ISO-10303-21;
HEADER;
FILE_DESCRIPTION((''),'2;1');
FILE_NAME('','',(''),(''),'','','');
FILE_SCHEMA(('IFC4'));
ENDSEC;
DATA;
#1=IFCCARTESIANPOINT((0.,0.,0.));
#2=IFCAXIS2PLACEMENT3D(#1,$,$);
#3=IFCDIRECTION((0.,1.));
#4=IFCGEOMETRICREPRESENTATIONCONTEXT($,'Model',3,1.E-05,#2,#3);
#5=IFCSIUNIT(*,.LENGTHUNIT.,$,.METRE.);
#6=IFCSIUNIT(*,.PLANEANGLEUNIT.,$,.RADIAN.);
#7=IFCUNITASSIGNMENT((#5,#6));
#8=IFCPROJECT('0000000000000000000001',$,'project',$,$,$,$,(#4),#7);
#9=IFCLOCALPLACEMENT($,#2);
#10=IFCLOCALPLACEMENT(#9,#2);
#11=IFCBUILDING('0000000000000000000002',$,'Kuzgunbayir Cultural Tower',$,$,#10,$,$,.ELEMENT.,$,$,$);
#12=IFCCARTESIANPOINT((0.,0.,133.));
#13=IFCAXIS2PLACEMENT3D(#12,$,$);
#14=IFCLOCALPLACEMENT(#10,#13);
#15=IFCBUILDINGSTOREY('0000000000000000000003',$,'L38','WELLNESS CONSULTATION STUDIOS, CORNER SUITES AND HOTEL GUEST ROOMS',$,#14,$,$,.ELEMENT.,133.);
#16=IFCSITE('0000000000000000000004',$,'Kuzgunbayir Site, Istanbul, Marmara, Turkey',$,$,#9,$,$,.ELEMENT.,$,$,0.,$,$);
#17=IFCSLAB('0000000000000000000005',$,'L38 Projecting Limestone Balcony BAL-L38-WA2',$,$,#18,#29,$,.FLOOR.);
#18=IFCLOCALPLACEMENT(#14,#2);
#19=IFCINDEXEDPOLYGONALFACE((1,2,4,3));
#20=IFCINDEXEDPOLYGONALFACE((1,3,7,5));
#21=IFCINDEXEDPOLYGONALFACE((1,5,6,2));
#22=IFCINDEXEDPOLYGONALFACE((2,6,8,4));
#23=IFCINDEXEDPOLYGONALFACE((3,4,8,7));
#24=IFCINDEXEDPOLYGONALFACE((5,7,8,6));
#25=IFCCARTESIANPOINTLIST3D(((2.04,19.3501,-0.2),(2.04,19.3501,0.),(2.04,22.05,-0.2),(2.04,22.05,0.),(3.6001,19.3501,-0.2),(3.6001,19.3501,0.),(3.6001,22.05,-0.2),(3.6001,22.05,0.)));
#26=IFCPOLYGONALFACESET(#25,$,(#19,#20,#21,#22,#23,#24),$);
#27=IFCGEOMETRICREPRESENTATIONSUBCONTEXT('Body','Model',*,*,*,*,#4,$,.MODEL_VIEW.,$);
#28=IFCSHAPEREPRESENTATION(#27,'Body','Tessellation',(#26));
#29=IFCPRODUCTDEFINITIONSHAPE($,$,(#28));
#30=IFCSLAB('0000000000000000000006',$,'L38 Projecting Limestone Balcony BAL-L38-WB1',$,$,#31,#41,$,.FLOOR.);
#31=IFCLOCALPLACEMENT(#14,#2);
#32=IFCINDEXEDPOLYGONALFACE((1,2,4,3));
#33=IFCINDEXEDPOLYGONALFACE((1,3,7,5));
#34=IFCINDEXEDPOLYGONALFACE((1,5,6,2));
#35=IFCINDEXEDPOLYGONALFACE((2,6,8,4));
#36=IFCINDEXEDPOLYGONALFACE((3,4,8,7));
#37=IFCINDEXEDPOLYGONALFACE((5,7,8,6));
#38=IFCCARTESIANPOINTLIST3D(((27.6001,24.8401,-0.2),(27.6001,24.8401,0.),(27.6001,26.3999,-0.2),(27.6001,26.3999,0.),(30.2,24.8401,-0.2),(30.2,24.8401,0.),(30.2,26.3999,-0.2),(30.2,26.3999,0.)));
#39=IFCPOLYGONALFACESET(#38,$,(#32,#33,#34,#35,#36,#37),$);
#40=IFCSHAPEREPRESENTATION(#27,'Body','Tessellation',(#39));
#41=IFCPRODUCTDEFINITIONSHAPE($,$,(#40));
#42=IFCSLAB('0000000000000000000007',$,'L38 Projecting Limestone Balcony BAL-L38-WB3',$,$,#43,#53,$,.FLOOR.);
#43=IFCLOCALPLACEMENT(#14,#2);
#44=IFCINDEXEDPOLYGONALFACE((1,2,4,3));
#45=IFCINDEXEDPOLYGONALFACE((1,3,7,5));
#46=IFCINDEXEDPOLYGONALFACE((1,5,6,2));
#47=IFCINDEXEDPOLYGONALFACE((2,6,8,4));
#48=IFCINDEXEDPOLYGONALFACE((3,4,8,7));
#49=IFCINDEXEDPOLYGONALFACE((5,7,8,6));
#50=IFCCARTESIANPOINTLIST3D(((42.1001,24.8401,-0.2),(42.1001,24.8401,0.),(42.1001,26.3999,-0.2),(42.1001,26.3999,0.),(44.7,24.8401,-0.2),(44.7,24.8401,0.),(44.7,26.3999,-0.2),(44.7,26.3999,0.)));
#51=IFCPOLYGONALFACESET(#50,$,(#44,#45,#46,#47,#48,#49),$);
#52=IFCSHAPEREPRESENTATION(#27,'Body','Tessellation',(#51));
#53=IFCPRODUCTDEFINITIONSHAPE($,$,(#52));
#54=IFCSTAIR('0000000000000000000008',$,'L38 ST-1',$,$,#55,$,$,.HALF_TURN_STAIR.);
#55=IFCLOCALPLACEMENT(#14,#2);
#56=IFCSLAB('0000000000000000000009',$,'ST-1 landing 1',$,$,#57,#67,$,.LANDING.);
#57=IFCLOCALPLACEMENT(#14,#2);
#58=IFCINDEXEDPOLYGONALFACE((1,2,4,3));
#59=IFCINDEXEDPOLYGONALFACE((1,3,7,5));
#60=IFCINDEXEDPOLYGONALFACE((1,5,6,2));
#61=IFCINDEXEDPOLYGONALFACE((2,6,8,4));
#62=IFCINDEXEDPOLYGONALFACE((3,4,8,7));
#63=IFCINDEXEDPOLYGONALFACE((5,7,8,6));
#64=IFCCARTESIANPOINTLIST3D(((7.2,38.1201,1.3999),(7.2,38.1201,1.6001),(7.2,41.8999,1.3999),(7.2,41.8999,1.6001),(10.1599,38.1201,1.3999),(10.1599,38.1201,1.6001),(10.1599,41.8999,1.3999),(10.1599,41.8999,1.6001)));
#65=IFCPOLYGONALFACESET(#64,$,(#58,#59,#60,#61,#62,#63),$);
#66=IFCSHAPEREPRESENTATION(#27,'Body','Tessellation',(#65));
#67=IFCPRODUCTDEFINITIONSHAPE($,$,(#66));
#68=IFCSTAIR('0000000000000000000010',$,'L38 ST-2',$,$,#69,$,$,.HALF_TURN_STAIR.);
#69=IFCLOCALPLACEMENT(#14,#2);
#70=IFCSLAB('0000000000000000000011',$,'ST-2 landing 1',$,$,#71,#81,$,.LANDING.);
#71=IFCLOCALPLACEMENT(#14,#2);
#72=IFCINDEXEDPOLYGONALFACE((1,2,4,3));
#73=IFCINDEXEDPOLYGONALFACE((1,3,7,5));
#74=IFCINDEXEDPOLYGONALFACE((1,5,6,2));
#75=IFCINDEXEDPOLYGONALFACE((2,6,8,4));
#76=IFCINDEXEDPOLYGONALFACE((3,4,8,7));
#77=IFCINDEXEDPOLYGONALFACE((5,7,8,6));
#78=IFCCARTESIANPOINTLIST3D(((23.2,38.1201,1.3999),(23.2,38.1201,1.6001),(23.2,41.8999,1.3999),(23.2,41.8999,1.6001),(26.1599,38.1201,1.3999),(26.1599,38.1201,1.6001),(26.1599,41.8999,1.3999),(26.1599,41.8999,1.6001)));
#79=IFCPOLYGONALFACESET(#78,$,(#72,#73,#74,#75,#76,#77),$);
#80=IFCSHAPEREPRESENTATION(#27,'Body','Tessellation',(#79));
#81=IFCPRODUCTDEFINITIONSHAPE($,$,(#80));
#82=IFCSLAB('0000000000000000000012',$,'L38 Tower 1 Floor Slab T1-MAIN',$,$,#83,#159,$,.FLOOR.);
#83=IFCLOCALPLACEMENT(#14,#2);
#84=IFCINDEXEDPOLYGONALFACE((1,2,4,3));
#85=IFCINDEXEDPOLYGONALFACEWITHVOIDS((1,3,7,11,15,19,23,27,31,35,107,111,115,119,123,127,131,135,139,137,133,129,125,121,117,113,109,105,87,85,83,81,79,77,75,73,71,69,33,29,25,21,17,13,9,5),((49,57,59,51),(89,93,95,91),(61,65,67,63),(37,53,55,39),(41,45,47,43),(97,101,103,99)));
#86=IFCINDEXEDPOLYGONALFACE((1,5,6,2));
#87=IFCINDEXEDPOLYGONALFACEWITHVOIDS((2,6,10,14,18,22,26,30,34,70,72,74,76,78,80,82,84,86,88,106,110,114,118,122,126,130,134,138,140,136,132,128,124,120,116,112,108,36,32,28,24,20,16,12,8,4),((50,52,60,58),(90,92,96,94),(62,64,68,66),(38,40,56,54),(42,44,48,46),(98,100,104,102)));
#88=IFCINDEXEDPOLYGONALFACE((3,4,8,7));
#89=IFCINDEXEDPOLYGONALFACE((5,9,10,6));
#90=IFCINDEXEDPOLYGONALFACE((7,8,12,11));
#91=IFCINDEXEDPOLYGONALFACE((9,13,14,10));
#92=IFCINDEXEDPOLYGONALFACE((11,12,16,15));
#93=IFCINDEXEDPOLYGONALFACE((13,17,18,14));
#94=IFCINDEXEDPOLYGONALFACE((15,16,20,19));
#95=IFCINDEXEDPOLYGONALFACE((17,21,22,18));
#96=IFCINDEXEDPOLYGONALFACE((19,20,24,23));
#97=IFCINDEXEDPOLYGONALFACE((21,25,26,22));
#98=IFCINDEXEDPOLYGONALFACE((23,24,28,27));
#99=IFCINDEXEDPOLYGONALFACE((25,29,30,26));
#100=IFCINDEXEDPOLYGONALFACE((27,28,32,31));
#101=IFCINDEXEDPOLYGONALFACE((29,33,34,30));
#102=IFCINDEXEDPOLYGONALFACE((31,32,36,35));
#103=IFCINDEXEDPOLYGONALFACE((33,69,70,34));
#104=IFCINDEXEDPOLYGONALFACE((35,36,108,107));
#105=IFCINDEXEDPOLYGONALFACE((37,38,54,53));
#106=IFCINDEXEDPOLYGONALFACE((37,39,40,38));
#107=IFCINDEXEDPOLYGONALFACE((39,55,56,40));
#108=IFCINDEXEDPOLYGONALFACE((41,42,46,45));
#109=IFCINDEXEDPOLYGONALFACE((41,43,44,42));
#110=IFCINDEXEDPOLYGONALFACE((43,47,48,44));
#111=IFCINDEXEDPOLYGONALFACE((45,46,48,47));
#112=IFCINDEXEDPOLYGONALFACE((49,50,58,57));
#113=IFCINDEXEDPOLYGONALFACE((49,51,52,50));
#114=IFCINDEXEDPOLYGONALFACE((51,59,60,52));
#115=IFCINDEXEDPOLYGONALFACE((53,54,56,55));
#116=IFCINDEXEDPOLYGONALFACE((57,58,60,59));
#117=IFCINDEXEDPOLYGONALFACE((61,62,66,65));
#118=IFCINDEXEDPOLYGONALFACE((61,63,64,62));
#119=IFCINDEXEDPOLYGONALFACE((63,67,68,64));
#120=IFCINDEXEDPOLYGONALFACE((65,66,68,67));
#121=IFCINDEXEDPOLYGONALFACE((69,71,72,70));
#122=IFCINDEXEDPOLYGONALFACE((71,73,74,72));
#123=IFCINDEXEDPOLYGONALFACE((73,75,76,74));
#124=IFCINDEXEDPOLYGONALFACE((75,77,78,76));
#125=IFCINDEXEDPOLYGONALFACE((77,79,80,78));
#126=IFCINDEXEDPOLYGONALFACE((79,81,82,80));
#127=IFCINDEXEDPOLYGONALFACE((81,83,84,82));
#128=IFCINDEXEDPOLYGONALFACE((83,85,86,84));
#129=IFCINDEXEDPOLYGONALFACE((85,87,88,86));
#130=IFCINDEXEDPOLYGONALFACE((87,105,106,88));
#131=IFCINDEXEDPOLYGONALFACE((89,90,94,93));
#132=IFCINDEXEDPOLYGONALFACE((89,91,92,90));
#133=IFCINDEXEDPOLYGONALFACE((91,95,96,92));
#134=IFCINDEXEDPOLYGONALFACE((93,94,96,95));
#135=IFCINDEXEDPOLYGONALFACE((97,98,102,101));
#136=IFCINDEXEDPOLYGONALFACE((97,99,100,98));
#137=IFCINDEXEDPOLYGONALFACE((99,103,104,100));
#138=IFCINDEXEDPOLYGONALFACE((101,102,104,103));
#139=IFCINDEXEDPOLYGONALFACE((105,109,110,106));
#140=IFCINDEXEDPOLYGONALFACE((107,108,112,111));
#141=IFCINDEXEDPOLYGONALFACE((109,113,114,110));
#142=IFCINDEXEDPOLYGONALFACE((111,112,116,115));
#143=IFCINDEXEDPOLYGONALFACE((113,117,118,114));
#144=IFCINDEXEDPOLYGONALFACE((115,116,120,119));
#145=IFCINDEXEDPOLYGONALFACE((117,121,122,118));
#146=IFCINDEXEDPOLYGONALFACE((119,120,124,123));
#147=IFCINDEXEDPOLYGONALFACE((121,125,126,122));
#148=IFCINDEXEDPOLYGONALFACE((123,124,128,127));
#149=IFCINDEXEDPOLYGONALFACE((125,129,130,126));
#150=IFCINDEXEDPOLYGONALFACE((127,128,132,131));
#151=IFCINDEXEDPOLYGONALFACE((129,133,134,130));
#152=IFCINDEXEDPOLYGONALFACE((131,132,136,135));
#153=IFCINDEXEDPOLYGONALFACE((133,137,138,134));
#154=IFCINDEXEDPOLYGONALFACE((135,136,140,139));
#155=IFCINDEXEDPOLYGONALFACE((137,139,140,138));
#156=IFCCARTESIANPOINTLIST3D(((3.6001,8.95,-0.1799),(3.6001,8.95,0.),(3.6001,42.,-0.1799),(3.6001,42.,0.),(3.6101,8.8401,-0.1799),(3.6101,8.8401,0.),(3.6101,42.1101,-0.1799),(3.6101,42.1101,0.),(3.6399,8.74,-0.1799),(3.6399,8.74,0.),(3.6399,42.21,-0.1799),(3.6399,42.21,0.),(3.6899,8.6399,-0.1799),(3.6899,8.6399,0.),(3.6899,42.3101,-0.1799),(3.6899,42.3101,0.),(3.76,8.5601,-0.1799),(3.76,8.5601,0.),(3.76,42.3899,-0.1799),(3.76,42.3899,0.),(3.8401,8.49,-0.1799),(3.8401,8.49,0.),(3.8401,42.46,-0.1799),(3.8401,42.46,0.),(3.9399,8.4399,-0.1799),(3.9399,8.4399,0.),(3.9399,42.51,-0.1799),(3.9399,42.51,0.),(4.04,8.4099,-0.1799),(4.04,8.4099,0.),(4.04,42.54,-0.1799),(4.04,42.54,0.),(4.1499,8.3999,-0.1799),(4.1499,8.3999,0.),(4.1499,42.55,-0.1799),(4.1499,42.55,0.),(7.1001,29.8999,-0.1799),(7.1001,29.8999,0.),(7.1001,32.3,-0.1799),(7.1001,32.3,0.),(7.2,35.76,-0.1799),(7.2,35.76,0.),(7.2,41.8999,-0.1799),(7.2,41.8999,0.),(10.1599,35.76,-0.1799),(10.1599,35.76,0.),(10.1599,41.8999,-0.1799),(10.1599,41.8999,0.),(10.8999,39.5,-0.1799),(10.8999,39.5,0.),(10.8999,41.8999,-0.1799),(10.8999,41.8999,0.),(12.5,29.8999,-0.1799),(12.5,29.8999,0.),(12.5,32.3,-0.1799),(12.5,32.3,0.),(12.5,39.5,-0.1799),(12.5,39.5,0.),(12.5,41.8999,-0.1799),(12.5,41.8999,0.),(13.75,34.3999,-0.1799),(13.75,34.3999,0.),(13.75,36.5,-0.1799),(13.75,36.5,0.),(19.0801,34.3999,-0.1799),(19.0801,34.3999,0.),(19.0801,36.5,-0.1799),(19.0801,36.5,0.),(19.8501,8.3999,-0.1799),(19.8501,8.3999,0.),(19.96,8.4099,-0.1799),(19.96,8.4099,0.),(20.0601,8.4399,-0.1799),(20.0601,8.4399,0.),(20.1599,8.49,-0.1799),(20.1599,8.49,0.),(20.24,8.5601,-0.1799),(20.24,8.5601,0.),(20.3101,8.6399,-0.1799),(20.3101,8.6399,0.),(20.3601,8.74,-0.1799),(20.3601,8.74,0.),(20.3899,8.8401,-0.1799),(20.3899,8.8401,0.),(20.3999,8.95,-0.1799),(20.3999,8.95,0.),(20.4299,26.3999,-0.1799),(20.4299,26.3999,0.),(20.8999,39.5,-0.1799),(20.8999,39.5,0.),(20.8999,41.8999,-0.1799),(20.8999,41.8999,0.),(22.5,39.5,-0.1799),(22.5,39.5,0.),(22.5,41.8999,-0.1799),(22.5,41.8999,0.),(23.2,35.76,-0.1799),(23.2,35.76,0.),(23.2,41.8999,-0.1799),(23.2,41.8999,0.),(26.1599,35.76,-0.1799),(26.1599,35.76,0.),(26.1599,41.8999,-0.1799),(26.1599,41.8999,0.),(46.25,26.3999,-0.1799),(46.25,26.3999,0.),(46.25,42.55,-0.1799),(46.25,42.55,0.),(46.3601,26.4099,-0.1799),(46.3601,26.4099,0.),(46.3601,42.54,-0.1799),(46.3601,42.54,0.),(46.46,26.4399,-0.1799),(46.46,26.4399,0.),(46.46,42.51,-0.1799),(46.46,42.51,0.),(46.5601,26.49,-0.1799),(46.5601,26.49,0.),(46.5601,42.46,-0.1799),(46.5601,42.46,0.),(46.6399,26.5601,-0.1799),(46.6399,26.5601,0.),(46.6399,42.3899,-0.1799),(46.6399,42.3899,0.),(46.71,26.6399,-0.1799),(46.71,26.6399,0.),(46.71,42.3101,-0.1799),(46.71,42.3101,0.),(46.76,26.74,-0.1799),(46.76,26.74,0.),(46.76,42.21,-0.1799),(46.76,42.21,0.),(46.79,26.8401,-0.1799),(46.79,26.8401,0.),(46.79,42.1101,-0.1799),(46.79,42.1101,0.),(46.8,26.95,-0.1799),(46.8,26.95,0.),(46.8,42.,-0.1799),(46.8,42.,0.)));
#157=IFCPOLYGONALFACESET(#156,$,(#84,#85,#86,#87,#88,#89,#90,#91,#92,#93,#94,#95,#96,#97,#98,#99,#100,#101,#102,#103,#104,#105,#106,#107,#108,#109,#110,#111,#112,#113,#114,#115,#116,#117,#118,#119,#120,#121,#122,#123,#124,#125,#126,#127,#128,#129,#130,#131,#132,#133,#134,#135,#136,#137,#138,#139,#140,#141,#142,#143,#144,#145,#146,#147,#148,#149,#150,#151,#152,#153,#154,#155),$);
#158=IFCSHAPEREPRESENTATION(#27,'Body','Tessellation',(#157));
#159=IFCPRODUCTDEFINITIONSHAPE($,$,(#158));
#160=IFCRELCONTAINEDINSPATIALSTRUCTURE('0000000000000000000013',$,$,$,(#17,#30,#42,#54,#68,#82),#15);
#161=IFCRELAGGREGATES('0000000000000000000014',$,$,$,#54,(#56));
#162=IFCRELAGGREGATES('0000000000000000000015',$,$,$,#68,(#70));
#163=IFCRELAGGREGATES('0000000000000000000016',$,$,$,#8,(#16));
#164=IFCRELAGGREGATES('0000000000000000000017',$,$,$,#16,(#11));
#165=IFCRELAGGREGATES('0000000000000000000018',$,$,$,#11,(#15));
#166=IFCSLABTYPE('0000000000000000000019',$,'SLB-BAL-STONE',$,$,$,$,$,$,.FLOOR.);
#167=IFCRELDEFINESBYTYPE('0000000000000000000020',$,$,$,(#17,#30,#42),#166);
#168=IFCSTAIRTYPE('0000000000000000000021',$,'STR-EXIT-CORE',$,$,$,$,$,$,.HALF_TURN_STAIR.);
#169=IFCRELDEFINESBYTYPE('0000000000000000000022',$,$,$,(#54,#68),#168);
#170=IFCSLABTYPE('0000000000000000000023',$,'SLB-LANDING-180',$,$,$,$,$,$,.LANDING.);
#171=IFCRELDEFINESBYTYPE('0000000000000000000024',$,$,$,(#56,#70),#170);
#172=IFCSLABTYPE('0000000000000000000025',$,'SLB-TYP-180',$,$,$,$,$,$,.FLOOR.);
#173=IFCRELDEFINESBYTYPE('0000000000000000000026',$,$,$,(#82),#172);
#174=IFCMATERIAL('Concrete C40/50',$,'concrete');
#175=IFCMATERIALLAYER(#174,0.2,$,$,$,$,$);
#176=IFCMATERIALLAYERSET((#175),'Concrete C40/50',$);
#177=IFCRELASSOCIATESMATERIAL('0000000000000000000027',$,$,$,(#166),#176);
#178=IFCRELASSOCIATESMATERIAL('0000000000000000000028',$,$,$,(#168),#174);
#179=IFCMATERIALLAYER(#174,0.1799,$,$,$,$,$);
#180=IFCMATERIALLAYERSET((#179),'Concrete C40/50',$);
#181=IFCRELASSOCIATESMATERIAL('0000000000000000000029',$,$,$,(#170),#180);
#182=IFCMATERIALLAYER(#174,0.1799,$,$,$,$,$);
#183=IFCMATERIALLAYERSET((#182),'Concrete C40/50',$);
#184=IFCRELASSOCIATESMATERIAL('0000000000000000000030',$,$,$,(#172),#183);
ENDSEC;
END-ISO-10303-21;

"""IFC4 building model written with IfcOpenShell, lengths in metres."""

from ifc_helpers import new_model, si_unit, direction, frame, origin, place, context, subcontext, project, spatial, polyline, outline, extrude, material, layer, layer_set, type_object, element, aggregate, save


model = new_model("IFC4")

# Units and contexts
model_context = context("Model", 3, precision=1e-05, world=origin(), true_north=direction((0.0, 1.0)))
body_context = subcontext(model_context, "Body", "Model", "MODEL_VIEW")
ifc_project = project(units=[si_unit("LENGTHUNIT", "METRE"), si_unit("PLANEANGLEUNIT", "RADIAN")], contexts=[model_context])

# Site, building, storey
site_placement = place(None, origin())
site = spatial("IfcSite", under=ifc_project, at=site_placement, Name="Kuzgunbayir Site, Istanbul, Marmara, Turkey", CompositionType="ELEMENT", RefElevation=0.0)
building_placement = place(site_placement, origin())
building = spatial("IfcBuilding", under=site, at=building_placement, Name="Kuzgunbayir Cultural Tower", CompositionType="ELEMENT")
storey_placement = place(building_placement, frame((0.0, 0.0, 133.0)))
storey = spatial("IfcBuildingStorey", under=building, at=storey_placement, Name="L38", Description="WELLNESS CONSULTATION STUDIOS, CORNER SUITES AND HOTEL GUEST ROOMS", CompositionType="ELEMENT", Elevation=133.0)

# Slabs
ifc_material_1 = material(Name="Concrete C40/50", Category="concrete")
ifc_layer_1 = layer(ifc_material_1, 0.2)
ifc_layer_set_1 = layer_set([ifc_layer_1], Name="Concrete C40/50")
slab_type_1 = type_object("IfcSlabType", Name="SLB-BAL-STONE", PredefinedType="FLOOR", material=ifc_layer_set_1)
slab_1_placement = place(storey_placement, frame((0.0, 0.0, -0.2)))
element("IfcSlab", 1, at=slab_1_placement, inside=storey, type_object=slab_type_1, Name="L38 Projecting Limestone Balcony BAL-L38-WA2", PredefinedType="FLOOR", context=body_context, shape_type="SweptSolid", body=[
    extrude(outline(polyline([(2.04, 19.3501), (3.6001, 19.3501), (3.6001, 22.05), (2.04, 22.05), (2.04, 19.3501)])), origin(), (0.0, 0.0, 1.0), 0.2),
])
slab_2_placement = place(storey_placement, frame((0.0, 0.0, -0.2)))
element("IfcSlab", 2, at=slab_2_placement, inside=storey, type_object=slab_type_1, Name="L38 Projecting Limestone Balcony BAL-L38-WB1", PredefinedType="FLOOR", context=body_context, shape_type="SweptSolid", body=[
    extrude(outline(polyline([(27.6001, 24.8401), (30.2, 24.8401), (30.2, 26.3999), (27.6001, 26.3999), (27.6001, 24.8401)])), origin(), (0.0, 0.0, 1.0), 0.2),
])
slab_3_placement = place(storey_placement, frame((0.0, 0.0, -0.2)))
element("IfcSlab", 3, at=slab_3_placement, inside=storey, type_object=slab_type_1, Name="L38 Projecting Limestone Balcony BAL-L38-WB3", PredefinedType="FLOOR", context=body_context, shape_type="SweptSolid", body=[
    extrude(outline(polyline([(42.1001, 24.8401), (44.7, 24.8401), (44.7, 26.3999), (42.1001, 26.3999), (42.1001, 24.8401)])), origin(), (0.0, 0.0, 1.0), 0.2),
])

# Stairs, slabs
stair_type = type_object("IfcStairType", Name="STR-EXIT-CORE", PredefinedType="HALF_TURN_STAIR", material=ifc_material_1)
stair_1_placement = place(storey_placement, origin())
stair_1 = element("IfcStair", 4, at=stair_1_placement, inside=storey, type_object=stair_type, Name="L38 ST-1", PredefinedType="HALF_TURN_STAIR")
ifc_layer_2 = layer(ifc_material_1, 0.1799)
ifc_layer_set_2 = layer_set([ifc_layer_2], Name="Concrete C40/50")
slab_type_2 = type_object("IfcSlabType", Name="SLB-LANDING-180", PredefinedType="LANDING", material=ifc_layer_set_2)
slab_4_placement = place(storey_placement, frame((0.0, 0.0, 1.3999)))
slab_4 = element("IfcSlab", 5, at=slab_4_placement, type_object=slab_type_2, Name="ST-1 landing 1", PredefinedType="LANDING", context=body_context, shape_type="SweptSolid", body=[
    extrude(outline(polyline([(10.1599, 38.1201), (10.1599, 41.8999), (7.2, 41.8999), (7.2, 38.1201), (10.1599, 38.1201)])), origin(), (0.0, 0.0, 1.0), 0.2002),
])
aggregate(stair_1, [slab_4])
stair_2_placement = place(storey_placement, origin())
stair_2 = element("IfcStair", 6, at=stair_2_placement, inside=storey, type_object=stair_type, Name="L38 ST-2", PredefinedType="HALF_TURN_STAIR")
slab_5_placement = place(storey_placement, frame((0.0, 0.0, 1.3999)))
slab_5 = element("IfcSlab", 7, at=slab_5_placement, type_object=slab_type_2, Name="ST-2 landing 1", PredefinedType="LANDING", context=body_context, shape_type="SweptSolid", body=[
    extrude(outline(polyline([(26.1599, 38.1201), (26.1599, 41.8999), (23.2, 41.8999), (23.2, 38.1201), (26.1599, 38.1201)])), origin(), (0.0, 0.0, 1.0), 0.2002),
])
aggregate(stair_2, [slab_5])

# Slab
ifc_layer_3 = layer(ifc_material_1, 0.1799)
ifc_layer_set_3 = layer_set([ifc_layer_3], Name="Concrete C40/50")
slab_type_3 = type_object("IfcSlabType", Name="SLB-TYP-180", PredefinedType="FLOOR", material=ifc_layer_set_3)
slab_6_placement = place(storey_placement, frame((0.0, 0.0, -0.1799)))
element("IfcSlab", 8, at=slab_6_placement, inside=storey, type_object=slab_type_3, Name="L38 Tower 1 Floor Slab T1-MAIN", PredefinedType="FLOOR", context=body_context, shape_type="SweptSolid", body=[
    extrude(outline(polyline([(20.3999, 8.95), (20.3899, 8.8401), (20.3601, 8.74), (20.3101, 8.6399), (20.24, 8.5601), (20.1599, 8.49), (20.0601, 8.4399), (19.96, 8.4099), (19.8501, 8.3999), (4.1499, 8.3999), (4.04, 8.4099), (3.9399, 8.4399), (3.8401, 8.49), (3.76, 8.5601), (3.6899, 8.6399), (3.6399, 8.74), (3.6101, 8.8401), (3.6001, 8.95), (3.6001, 42.0), (3.6101, 42.1101), (3.6399, 42.21), (3.6899, 42.3101), (3.76, 42.3899), (3.8401, 42.46), (3.9399, 42.51), (4.04, 42.54), (4.1499, 42.55), (46.25, 42.55), (46.3601, 42.54), (46.46, 42.51), (46.5601, 42.46), (46.6399, 42.3899), (46.71, 42.3101), (46.76, 42.21), (46.79, 42.1101), (46.8, 42.0), (46.8, 26.95), (46.79, 26.8401), (46.76, 26.74), (46.71, 26.6399), (46.6399, 26.5601), (46.5601, 26.49), (46.46, 26.4399), (46.3601, 26.4099), (46.25, 26.3999), (20.4299, 26.3999), (20.3999, 8.95)]), holes=[polyline([(7.2, 35.76), (7.2, 41.8999), (10.1599, 41.8999), (10.1599, 35.76), (7.2, 35.76)]), polyline([(23.2, 35.76), (23.2, 41.8999), (26.1599, 41.8999), (26.1599, 35.76), (23.2, 35.76)]), polyline([(13.75, 34.3999), (13.75, 36.5), (19.0801, 36.5), (19.0801, 34.3999), (13.75, 34.3999)]), polyline([(7.1001, 29.8999), (7.1001, 32.3), (12.5, 32.3), (12.5, 29.8999), (7.1001, 29.8999)]), polyline([(10.8999, 39.5), (10.8999, 41.8999), (12.5, 41.8999), (12.5, 39.5), (10.8999, 39.5)]), polyline([(20.8999, 39.5), (20.8999, 41.8999), (22.5, 41.8999), (22.5, 39.5), (20.8999, 39.5)])]), origin(), (0.0, 0.0, 1.0), 0.1799),
])

save(model, "model.ifc")
